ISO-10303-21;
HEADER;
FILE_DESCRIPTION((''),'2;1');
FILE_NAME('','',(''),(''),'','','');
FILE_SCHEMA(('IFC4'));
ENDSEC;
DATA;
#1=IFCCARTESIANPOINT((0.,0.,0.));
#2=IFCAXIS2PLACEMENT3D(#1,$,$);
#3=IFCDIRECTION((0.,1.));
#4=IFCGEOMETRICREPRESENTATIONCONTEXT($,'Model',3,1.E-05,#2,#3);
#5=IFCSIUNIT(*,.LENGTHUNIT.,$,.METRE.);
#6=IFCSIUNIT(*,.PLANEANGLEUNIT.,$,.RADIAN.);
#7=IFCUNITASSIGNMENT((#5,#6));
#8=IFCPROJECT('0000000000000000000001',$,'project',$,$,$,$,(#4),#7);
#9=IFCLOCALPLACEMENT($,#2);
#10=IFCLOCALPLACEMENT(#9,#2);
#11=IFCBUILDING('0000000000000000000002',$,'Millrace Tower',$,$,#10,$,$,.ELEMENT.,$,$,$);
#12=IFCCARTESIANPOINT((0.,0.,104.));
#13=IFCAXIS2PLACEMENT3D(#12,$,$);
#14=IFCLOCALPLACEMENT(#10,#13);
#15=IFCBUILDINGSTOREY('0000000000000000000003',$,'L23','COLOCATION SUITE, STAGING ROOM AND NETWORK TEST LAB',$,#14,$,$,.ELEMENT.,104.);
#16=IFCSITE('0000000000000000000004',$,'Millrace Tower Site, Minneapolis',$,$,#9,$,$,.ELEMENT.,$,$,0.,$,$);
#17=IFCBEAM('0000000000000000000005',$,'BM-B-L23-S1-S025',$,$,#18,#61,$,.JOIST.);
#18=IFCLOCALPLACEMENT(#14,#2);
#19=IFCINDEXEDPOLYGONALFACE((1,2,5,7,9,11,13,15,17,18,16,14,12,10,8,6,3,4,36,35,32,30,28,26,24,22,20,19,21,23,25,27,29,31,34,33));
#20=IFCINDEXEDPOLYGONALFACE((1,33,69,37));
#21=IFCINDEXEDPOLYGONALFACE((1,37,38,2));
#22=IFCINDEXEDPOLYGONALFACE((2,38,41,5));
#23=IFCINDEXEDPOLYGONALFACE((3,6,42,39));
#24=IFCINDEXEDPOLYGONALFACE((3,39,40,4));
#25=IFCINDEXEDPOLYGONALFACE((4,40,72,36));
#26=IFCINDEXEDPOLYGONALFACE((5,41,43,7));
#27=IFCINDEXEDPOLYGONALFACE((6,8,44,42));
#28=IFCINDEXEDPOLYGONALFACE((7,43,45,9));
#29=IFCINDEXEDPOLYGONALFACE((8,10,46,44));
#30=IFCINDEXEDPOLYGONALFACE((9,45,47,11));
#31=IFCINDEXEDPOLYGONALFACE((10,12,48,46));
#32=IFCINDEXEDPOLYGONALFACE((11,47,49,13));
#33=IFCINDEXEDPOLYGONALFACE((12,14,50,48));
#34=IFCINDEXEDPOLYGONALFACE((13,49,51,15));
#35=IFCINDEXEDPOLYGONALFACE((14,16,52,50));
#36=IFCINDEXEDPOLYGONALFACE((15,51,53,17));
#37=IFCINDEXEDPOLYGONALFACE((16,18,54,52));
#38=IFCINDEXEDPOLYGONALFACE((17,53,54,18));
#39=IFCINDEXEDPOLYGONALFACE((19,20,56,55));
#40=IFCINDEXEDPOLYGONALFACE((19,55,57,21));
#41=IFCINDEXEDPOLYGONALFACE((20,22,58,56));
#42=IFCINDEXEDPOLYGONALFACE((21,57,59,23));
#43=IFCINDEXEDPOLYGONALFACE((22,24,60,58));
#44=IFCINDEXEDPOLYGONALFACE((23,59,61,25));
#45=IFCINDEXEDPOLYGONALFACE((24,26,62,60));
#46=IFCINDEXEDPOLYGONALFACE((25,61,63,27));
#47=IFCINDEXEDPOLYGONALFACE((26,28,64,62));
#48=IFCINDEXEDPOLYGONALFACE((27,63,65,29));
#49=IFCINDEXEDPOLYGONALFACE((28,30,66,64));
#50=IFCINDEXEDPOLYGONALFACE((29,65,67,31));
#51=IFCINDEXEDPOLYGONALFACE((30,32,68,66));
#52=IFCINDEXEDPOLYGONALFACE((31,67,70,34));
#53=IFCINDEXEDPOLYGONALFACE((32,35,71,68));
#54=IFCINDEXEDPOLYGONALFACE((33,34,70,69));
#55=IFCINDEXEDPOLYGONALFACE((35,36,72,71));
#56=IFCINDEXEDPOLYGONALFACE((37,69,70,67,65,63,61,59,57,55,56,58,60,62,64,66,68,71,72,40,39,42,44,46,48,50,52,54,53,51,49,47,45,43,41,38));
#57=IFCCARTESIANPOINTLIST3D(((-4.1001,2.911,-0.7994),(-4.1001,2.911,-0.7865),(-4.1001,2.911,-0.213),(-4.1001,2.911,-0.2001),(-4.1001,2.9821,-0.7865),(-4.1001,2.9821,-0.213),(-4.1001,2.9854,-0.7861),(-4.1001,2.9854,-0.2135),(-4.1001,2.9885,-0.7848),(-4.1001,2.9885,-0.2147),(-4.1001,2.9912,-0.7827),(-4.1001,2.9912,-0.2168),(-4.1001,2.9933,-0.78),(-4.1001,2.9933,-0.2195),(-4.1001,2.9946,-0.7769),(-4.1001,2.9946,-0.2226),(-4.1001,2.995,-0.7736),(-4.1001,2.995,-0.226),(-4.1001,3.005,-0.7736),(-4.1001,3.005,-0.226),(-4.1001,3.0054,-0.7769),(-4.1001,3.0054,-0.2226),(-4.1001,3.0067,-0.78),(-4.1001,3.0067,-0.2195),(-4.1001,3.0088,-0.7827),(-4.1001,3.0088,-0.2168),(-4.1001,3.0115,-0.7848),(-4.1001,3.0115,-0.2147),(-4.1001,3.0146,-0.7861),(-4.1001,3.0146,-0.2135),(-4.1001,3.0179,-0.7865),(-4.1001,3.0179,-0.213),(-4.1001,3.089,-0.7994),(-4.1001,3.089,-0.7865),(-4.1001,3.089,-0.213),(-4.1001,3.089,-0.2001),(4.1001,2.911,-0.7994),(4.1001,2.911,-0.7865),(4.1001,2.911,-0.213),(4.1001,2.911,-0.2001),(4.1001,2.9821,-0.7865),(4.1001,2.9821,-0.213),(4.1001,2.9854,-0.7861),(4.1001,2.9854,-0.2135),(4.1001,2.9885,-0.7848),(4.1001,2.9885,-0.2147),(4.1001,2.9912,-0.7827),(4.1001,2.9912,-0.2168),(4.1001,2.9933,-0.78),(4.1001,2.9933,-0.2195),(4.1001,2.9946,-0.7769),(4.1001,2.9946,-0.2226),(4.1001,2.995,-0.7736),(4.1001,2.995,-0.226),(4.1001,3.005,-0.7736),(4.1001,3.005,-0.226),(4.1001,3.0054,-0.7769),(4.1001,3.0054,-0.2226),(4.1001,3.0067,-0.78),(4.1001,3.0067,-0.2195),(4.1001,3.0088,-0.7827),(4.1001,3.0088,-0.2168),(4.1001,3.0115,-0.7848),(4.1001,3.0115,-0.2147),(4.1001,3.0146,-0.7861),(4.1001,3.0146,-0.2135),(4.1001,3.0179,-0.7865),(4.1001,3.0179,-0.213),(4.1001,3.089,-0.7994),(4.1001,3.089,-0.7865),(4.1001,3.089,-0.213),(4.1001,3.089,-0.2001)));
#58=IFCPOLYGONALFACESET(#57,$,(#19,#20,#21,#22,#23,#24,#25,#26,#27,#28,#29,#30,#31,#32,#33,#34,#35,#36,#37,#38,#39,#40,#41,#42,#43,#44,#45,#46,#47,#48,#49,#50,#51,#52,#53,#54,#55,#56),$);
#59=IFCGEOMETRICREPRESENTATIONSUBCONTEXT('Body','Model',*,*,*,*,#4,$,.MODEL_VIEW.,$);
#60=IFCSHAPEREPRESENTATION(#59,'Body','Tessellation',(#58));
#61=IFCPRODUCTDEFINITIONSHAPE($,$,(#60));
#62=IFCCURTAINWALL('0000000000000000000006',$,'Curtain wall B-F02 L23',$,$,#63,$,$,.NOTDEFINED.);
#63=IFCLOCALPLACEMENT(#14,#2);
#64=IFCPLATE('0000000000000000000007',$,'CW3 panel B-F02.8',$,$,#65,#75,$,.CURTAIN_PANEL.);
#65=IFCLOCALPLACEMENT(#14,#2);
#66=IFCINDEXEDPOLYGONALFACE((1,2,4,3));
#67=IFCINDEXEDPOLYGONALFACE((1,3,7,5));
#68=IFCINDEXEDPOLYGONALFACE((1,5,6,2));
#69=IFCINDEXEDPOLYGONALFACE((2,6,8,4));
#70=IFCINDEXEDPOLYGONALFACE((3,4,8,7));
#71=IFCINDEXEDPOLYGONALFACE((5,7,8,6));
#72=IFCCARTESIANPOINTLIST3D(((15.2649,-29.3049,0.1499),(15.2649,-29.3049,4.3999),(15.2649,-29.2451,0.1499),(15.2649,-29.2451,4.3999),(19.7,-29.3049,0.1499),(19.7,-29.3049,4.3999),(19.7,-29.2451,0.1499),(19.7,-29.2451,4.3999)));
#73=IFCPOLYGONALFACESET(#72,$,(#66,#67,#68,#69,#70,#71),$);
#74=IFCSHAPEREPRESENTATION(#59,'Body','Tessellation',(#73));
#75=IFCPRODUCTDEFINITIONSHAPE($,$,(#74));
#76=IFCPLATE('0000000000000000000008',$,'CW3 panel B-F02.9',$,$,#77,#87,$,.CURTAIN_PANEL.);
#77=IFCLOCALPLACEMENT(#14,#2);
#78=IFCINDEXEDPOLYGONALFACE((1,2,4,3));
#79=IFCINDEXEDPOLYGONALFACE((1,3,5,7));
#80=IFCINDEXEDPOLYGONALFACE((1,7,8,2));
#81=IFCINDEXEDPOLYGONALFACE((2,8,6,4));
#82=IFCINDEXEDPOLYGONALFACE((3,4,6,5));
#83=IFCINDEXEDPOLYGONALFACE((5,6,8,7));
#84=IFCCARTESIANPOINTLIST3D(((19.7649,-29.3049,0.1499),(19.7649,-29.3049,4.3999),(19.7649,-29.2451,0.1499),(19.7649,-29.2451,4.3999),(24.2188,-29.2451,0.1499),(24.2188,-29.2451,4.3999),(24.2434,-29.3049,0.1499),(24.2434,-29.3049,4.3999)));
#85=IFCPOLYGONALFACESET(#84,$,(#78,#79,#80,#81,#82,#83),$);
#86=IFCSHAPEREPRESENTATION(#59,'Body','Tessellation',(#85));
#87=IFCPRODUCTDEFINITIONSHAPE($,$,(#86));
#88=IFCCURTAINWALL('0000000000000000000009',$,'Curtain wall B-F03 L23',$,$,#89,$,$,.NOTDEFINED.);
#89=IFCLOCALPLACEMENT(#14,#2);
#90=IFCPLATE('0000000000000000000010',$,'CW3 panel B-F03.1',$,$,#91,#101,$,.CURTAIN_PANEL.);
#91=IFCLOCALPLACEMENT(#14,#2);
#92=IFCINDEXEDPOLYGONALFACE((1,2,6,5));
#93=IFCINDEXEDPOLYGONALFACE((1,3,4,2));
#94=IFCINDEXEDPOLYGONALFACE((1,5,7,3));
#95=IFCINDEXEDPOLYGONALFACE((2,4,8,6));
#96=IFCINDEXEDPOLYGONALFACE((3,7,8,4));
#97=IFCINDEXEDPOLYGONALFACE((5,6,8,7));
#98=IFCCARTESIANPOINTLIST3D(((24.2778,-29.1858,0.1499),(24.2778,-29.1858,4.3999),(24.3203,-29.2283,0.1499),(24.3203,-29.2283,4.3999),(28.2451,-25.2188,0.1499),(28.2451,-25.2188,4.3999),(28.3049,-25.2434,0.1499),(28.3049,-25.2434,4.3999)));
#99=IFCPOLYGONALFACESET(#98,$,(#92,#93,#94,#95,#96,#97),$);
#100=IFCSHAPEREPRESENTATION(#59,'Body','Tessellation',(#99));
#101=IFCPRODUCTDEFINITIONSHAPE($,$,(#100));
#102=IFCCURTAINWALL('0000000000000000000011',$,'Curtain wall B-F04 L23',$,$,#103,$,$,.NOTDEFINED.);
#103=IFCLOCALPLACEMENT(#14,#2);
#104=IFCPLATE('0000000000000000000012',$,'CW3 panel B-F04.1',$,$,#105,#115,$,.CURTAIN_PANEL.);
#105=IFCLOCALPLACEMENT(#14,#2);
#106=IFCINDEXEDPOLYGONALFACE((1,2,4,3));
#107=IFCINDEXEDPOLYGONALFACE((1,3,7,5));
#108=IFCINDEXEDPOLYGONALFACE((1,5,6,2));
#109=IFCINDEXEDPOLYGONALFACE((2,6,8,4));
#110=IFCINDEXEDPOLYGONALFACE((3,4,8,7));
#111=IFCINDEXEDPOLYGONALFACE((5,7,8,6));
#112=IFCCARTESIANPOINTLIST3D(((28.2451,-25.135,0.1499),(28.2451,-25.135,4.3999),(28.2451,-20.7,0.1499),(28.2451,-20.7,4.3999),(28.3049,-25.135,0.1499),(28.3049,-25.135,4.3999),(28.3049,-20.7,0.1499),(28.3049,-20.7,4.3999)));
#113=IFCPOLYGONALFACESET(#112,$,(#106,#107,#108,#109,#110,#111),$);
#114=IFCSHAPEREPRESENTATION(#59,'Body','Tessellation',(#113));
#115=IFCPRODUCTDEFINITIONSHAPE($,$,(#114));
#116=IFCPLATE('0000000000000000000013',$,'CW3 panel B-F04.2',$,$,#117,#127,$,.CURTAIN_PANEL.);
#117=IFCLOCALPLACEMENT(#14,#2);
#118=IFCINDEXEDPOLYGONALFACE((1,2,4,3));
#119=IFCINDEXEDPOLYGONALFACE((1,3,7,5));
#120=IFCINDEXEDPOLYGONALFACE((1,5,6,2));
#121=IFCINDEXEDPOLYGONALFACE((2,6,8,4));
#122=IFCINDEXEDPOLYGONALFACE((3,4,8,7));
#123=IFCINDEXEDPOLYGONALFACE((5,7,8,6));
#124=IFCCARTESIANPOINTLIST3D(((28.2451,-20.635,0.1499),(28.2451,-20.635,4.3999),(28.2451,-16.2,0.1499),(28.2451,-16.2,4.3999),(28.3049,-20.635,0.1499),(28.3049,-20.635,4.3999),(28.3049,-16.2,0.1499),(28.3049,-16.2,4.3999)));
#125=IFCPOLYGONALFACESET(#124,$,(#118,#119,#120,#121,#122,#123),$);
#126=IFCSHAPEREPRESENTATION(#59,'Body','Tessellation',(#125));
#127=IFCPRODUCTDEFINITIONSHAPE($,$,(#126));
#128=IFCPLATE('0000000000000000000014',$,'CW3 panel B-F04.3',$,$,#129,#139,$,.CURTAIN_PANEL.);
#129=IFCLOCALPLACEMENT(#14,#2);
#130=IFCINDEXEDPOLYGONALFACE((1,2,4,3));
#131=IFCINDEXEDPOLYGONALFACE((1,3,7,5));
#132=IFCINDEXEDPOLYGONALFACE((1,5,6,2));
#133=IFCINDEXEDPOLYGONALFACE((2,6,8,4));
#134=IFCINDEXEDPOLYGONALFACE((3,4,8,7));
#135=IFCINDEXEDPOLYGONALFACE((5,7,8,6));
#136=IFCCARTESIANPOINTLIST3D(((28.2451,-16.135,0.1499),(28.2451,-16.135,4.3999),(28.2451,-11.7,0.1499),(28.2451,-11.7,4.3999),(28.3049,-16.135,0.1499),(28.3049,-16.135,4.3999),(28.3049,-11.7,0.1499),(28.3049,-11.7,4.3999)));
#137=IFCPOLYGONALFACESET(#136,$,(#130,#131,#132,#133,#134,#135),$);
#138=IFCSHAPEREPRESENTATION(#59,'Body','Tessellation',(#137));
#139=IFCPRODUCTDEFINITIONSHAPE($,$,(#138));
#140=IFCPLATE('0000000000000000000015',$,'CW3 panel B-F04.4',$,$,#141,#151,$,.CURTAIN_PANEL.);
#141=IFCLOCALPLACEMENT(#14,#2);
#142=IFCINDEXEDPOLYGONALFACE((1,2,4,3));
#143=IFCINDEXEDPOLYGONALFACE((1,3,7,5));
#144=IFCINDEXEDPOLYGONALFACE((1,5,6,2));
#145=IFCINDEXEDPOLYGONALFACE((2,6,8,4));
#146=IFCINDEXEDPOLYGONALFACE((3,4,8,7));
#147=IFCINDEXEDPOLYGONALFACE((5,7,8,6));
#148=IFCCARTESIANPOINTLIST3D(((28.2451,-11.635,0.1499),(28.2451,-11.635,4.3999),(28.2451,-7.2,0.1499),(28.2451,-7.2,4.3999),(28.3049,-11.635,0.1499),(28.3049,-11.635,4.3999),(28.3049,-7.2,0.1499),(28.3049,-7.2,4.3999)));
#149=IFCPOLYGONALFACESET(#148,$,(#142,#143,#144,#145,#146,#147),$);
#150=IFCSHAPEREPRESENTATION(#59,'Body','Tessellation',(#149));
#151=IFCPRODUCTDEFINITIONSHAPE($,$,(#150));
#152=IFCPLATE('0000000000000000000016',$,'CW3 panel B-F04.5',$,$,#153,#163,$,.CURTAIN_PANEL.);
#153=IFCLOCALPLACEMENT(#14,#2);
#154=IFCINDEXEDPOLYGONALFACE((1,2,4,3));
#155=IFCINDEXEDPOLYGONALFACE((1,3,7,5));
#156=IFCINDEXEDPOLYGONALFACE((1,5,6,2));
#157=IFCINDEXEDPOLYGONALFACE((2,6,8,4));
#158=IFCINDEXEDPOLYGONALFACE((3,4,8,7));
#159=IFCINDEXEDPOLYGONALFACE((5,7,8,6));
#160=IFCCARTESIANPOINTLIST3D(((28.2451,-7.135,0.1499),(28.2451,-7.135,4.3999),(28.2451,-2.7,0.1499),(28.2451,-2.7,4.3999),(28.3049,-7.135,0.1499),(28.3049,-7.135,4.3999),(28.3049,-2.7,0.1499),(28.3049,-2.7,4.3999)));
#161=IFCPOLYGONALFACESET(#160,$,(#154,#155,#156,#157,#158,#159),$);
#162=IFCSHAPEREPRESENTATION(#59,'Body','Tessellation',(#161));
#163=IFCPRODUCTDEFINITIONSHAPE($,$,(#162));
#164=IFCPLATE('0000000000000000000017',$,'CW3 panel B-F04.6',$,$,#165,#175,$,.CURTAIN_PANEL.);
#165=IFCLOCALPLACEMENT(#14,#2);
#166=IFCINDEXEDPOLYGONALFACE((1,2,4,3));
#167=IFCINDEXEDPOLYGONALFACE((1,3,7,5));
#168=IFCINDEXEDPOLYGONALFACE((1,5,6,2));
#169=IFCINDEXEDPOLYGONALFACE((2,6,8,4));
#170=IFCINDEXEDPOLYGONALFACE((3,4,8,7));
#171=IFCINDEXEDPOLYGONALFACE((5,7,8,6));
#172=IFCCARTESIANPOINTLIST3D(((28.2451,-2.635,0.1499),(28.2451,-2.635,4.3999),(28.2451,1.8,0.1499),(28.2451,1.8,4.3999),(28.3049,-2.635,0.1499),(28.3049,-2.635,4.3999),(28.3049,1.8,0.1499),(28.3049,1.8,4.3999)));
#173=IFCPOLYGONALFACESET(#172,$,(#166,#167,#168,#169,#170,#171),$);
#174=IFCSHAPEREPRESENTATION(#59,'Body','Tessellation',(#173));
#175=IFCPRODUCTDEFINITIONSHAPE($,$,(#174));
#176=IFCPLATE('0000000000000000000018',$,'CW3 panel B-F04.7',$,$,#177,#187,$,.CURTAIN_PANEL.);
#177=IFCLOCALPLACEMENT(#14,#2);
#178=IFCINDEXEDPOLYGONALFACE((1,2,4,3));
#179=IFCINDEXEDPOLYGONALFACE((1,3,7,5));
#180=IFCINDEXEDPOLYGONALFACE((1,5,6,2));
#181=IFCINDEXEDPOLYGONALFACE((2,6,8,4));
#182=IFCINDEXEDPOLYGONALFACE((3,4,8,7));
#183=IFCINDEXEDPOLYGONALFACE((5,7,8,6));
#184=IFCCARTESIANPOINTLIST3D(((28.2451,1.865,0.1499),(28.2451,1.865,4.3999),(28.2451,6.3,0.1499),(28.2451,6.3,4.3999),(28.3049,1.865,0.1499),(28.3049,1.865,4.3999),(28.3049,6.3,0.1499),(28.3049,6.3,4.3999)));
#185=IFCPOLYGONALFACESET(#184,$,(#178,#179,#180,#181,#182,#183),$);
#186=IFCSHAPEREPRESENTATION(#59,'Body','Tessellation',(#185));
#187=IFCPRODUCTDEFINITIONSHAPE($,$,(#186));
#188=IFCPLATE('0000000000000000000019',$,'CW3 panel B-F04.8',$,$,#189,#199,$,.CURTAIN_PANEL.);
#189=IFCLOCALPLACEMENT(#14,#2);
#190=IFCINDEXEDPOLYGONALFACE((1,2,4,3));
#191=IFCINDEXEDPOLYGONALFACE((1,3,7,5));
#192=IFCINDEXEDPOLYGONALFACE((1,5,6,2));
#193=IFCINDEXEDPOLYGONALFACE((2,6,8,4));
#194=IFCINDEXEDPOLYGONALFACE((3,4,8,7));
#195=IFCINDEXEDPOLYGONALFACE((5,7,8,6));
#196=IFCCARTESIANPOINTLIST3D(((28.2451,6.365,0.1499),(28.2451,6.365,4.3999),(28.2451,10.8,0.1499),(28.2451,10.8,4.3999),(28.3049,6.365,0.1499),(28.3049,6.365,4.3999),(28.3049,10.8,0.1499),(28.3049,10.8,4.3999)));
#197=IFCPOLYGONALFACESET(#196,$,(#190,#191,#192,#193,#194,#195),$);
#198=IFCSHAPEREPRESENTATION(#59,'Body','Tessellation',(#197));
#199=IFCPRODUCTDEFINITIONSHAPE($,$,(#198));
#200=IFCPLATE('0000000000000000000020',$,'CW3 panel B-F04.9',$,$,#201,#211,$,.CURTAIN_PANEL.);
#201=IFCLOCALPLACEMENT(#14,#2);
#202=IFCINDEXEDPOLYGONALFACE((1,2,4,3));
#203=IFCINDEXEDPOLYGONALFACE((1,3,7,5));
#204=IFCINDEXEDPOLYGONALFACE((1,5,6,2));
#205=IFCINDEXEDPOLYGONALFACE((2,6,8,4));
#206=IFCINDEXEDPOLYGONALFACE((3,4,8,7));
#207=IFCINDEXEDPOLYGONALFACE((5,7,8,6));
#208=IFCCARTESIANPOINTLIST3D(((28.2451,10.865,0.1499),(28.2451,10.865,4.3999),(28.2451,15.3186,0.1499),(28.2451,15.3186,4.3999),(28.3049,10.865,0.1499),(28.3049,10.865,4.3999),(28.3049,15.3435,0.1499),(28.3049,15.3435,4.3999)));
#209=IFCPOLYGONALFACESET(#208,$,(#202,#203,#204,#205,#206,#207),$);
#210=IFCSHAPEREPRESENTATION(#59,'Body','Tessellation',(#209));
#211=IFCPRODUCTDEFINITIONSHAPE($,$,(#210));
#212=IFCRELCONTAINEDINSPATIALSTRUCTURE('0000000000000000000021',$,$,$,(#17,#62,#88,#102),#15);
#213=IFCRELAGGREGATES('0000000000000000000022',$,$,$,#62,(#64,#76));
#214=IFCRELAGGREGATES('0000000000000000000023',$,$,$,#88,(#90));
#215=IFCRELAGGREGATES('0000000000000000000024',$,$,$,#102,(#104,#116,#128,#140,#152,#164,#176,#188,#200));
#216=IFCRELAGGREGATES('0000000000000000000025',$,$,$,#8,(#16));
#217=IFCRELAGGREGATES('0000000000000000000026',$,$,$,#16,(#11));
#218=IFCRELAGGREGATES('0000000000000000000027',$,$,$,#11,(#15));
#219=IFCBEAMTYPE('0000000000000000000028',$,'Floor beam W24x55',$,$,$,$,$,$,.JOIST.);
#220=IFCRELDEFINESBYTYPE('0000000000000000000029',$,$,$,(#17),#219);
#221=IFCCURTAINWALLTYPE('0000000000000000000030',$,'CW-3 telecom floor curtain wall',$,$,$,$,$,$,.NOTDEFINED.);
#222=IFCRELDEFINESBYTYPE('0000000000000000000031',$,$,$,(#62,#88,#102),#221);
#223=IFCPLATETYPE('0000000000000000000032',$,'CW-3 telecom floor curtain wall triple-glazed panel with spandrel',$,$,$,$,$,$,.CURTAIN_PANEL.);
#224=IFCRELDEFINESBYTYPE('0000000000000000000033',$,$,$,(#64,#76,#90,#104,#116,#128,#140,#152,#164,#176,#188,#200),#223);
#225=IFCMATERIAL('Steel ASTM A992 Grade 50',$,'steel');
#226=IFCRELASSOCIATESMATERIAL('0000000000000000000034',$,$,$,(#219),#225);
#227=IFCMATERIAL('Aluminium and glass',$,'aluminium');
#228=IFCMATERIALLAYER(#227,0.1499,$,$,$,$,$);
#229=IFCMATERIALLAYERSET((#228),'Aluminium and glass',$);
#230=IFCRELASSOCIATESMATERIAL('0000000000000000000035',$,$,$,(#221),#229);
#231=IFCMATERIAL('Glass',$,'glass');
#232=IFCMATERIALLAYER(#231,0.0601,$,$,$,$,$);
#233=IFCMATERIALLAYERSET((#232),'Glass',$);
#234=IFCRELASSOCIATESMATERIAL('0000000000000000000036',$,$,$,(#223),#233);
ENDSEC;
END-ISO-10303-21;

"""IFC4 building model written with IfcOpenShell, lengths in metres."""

from ifc_helpers import new_model, si_unit, direction, frame, origin, origin_2d, place, context, subcontext, project, spatial, polyline, i_section, outline, extrude, material, layer, layer_set, material_profile, profile_set, type_object, element, aggregate, save


model = new_model("IFC4")

# Units and contexts
model_context = context("Model", 3, precision=1e-05, world=origin(), true_north=direction((0.0, 1.0)))
body_context = subcontext(model_context, "Body", "Model", "MODEL_VIEW")
ifc_project = project(units=[si_unit("LENGTHUNIT", "METRE"), si_unit("PLANEANGLEUNIT", "RADIAN")], contexts=[model_context])

# Site, building, storey
site_placement = place(None, origin())
site = spatial("IfcSite", under=ifc_project, at=site_placement, Name="Millrace Tower Site, Minneapolis", CompositionType="ELEMENT", RefElevation=0.0)
building_placement = place(site_placement, origin())
building = spatial("IfcBuilding", under=site, at=building_placement, Name="Millrace Tower", CompositionType="ELEMENT")
storey_placement = place(building_placement, frame((0.0, 0.0, 104.0)))
storey = spatial("IfcBuildingStorey", under=building, at=storey_placement, Name="L23", Description="COLOCATION SUITE, STAGING ROOM AND NETWORK TEST LAB", CompositionType="ELEMENT", Elevation=104.0)

# Beam
ifc_material_1 = material(Name="Steel ASTM A992 Grade 50", Category="steel")
ifc_material_profile = material_profile(ifc_material_1, i_section(OverallWidth=0.178, OverallDepth=0.5994, WebThickness=0.01, FlangeThickness=0.0129, FilletRadius=0.0129, at=origin_2d()))
ifc_profile_set = profile_set([ifc_material_profile], Name="Steel ASTM A992 Grade 50")
beam_type = type_object("IfcBeamType", Name="Floor beam W24x55", PredefinedType="JOIST", material=ifc_profile_set)
beam_placement = place(storey_placement, frame((-4.1001, 3.0, -0.4998), z_axis=(1.0, 0.0, 0.0), x_axis=(0.0, 1.0, 0.0)))
element("IfcBeam", 1, at=beam_placement, inside=storey, type_object=beam_type, Name="BM-B-L23-S1-S025", PredefinedType="JOIST", context=body_context, shape_type="SweptSolid", body=[
    extrude(i_section(OverallWidth=0.178, OverallDepth=0.5994, WebThickness=0.01, FlangeThickness=0.0129, FilletRadius=0.0129, at=origin_2d()), origin(), (0.0, 0.0, 1.0), 8.2002),
])

# Curtain wall, plates
ifc_material_2 = material(Name="Aluminium and glass", Category="aluminium")
ifc_layer_1 = layer(ifc_material_2, 0.1499)
ifc_layer_set_1 = layer_set([ifc_layer_1], Name="Aluminium and glass")
curtain_wall_type = type_object("IfcCurtainWallType", Name="CW-3 telecom floor curtain wall", PredefinedType="NOTDEFINED", material=ifc_layer_set_1)
placement_1 = place(storey_placement, origin())
curtain_wall_1 = element("IfcCurtainWall", 2, at=placement_1, inside=storey, type_object=curtain_wall_type, Name="Curtain wall B-F02 L23", PredefinedType="NOTDEFINED")
ifc_material_3 = material(Name="Glass", Category="glass")
ifc_layer_2 = layer(ifc_material_3, 0.0601)
ifc_layer_set_2 = layer_set([ifc_layer_2], Name="Glass")
plate_type = type_object("IfcPlateType", Name="CW-3 telecom floor curtain wall triple-glazed panel with spandrel", PredefinedType="CURTAIN_PANEL", material=ifc_layer_set_2)
placement_2 = place(storey_placement, frame((0.0, 0.0, 0.1499)))
plate_1 = element("IfcPlate", 3, at=placement_2, type_object=plate_type, Name="CW3 panel B-F02.8", PredefinedType="CURTAIN_PANEL", context=body_context, shape_type="SweptSolid", body=[
    extrude(outline(polyline([(15.2649, -29.3049), (19.7, -29.3049), (19.7, -29.2451), (15.2649, -29.2451), (15.2649, -29.3049)])), origin(), (0.0, 0.0, 1.0), 4.25),
])
plate_2 = element("IfcPlate", 4, at=placement_2, type_object=plate_type, Name="CW3 panel B-F02.9", PredefinedType="CURTAIN_PANEL", context=body_context, shape_type="SweptSolid", body=[
    extrude(outline(polyline([(19.7649, -29.3049), (24.2434, -29.3049), (24.2188, -29.2451), (19.7649, -29.2451), (19.7649, -29.3049)])), origin(), (0.0, 0.0, 1.0), 4.25),
])
aggregate(curtain_wall_1, [plate_1, plate_2])

# Curtain wall, plate
curtain_wall_2 = element("IfcCurtainWall", 5, at=placement_1, inside=storey, type_object=curtain_wall_type, Name="Curtain wall B-F03 L23", PredefinedType="NOTDEFINED")
plate_3 = element("IfcPlate", 6, at=placement_2, type_object=plate_type, Name="CW3 panel B-F03.1", PredefinedType="CURTAIN_PANEL", context=body_context, shape_type="SweptSolid", body=[
    extrude(outline(polyline([(24.3203, -29.2283), (28.3049, -25.2434), (28.2451, -25.2188), (24.2778, -29.1858), (24.3203, -29.2283)])), origin(), (0.0, 0.0, 1.0), 4.25),
])
aggregate(curtain_wall_2, [plate_3])

# Curtain wall, plates
curtain_wall_3 = element("IfcCurtainWall", 7, at=placement_1, inside=storey, type_object=curtain_wall_type, Name="Curtain wall B-F04 L23", PredefinedType="NOTDEFINED")
plate_4 = element("IfcPlate", 8, at=placement_2, type_object=plate_type, Name="CW3 panel B-F04.1", PredefinedType="CURTAIN_PANEL", context=body_context, shape_type="SweptSolid", body=[
    extrude(outline(polyline([(28.3049, -25.135), (28.3049, -20.7), (28.2451, -20.7), (28.2451, -25.135), (28.3049, -25.135)])), origin(), (0.0, 0.0, 1.0), 4.25),
])
plate_5 = element("IfcPlate", 9, at=placement_2, type_object=plate_type, Name="CW3 panel B-F04.2", PredefinedType="CURTAIN_PANEL", context=body_context, shape_type="SweptSolid", body=[
    extrude(outline(polyline([(28.3049, -20.635), (28.3049, -16.2), (28.2451, -16.2), (28.2451, -20.635), (28.3049, -20.635)])), origin(), (0.0, 0.0, 1.0), 4.25),
])
plate_6 = element("IfcPlate", 10, at=placement_2, type_object=plate_type, Name="CW3 panel B-F04.3", PredefinedType="CURTAIN_PANEL", context=body_context, shape_type="SweptSolid", body=[
    extrude(outline(polyline([(28.3049, -16.135), (28.3049, -11.7), (28.2451, -11.7), (28.2451, -16.135), (28.3049, -16.135)])), origin(), (0.0, 0.0, 1.0), 4.25),
])
plate_7 = element("IfcPlate", 11, at=placement_2, type_object=plate_type, Name="CW3 panel B-F04.4", PredefinedType="CURTAIN_PANEL", context=body_context, shape_type="SweptSolid", body=[
    extrude(outline(polyline([(28.3049, -11.635), (28.3049, -7.2), (28.2451, -7.2), (28.2451, -11.635), (28.3049, -11.635)])), origin(), (0.0, 0.0, 1.0), 4.25),
])
plate_8 = element("IfcPlate", 12, at=placement_2, type_object=plate_type, Name="CW3 panel B-F04.5", PredefinedType="CURTAIN_PANEL", context=body_context, shape_type="SweptSolid", body=[
    extrude(outline(polyline([(28.3049, -7.135), (28.3049, -2.7), (28.2451, -2.7), (28.2451, -7.135), (28.3049, -7.135)])), origin(), (0.0, 0.0, 1.0), 4.25),
])
plate_9 = element("IfcPlate", 13, at=placement_2, type_object=plate_type, Name="CW3 panel B-F04.6", PredefinedType="CURTAIN_PANEL", context=body_context, shape_type="SweptSolid", body=[
    extrude(outline(polyline([(28.3049, -2.635), (28.3049, 1.8), (28.2451, 1.8), (28.2451, -2.635), (28.3049, -2.635)])), origin(), (0.0, 0.0, 1.0), 4.25),
])
plate_10 = element("IfcPlate", 14, at=placement_2, type_object=plate_type, Name="CW3 panel B-F04.7", PredefinedType="CURTAIN_PANEL", context=body_context, shape_type="SweptSolid", body=[
    extrude(outline(polyline([(28.3049, 1.865), (28.3049, 6.3), (28.2451, 6.3), (28.2451, 1.865), (28.3049, 1.865)])), origin(), (0.0, 0.0, 1.0), 4.25),
])
plate_11 = element("IfcPlate", 15, at=placement_2, type_object=plate_type, Name="CW3 panel B-F04.8", PredefinedType="CURTAIN_PANEL", context=body_context, shape_type="SweptSolid", body=[
    extrude(outline(polyline([(28.3049, 6.365), (28.3049, 10.8), (28.2451, 10.8), (28.2451, 6.365), (28.3049, 6.365)])), origin(), (0.0, 0.0, 1.0), 4.25),
])
plate_12 = element("IfcPlate", 16, at=placement_2, type_object=plate_type, Name="CW3 panel B-F04.9", PredefinedType="CURTAIN_PANEL", context=body_context, shape_type="SweptSolid", body=[
    extrude(outline(polyline([(28.3049, 10.865), (28.3049, 15.3435), (28.2451, 15.3186), (28.2451, 10.865), (28.3049, 10.865)])), origin(), (0.0, 0.0, 1.0), 4.25),
])
aggregate(curtain_wall_3, [plate_4, plate_5, plate_6, plate_7, plate_8, plate_9, plate_10, plate_11, plate_12])

save(model, "model.ifc")
